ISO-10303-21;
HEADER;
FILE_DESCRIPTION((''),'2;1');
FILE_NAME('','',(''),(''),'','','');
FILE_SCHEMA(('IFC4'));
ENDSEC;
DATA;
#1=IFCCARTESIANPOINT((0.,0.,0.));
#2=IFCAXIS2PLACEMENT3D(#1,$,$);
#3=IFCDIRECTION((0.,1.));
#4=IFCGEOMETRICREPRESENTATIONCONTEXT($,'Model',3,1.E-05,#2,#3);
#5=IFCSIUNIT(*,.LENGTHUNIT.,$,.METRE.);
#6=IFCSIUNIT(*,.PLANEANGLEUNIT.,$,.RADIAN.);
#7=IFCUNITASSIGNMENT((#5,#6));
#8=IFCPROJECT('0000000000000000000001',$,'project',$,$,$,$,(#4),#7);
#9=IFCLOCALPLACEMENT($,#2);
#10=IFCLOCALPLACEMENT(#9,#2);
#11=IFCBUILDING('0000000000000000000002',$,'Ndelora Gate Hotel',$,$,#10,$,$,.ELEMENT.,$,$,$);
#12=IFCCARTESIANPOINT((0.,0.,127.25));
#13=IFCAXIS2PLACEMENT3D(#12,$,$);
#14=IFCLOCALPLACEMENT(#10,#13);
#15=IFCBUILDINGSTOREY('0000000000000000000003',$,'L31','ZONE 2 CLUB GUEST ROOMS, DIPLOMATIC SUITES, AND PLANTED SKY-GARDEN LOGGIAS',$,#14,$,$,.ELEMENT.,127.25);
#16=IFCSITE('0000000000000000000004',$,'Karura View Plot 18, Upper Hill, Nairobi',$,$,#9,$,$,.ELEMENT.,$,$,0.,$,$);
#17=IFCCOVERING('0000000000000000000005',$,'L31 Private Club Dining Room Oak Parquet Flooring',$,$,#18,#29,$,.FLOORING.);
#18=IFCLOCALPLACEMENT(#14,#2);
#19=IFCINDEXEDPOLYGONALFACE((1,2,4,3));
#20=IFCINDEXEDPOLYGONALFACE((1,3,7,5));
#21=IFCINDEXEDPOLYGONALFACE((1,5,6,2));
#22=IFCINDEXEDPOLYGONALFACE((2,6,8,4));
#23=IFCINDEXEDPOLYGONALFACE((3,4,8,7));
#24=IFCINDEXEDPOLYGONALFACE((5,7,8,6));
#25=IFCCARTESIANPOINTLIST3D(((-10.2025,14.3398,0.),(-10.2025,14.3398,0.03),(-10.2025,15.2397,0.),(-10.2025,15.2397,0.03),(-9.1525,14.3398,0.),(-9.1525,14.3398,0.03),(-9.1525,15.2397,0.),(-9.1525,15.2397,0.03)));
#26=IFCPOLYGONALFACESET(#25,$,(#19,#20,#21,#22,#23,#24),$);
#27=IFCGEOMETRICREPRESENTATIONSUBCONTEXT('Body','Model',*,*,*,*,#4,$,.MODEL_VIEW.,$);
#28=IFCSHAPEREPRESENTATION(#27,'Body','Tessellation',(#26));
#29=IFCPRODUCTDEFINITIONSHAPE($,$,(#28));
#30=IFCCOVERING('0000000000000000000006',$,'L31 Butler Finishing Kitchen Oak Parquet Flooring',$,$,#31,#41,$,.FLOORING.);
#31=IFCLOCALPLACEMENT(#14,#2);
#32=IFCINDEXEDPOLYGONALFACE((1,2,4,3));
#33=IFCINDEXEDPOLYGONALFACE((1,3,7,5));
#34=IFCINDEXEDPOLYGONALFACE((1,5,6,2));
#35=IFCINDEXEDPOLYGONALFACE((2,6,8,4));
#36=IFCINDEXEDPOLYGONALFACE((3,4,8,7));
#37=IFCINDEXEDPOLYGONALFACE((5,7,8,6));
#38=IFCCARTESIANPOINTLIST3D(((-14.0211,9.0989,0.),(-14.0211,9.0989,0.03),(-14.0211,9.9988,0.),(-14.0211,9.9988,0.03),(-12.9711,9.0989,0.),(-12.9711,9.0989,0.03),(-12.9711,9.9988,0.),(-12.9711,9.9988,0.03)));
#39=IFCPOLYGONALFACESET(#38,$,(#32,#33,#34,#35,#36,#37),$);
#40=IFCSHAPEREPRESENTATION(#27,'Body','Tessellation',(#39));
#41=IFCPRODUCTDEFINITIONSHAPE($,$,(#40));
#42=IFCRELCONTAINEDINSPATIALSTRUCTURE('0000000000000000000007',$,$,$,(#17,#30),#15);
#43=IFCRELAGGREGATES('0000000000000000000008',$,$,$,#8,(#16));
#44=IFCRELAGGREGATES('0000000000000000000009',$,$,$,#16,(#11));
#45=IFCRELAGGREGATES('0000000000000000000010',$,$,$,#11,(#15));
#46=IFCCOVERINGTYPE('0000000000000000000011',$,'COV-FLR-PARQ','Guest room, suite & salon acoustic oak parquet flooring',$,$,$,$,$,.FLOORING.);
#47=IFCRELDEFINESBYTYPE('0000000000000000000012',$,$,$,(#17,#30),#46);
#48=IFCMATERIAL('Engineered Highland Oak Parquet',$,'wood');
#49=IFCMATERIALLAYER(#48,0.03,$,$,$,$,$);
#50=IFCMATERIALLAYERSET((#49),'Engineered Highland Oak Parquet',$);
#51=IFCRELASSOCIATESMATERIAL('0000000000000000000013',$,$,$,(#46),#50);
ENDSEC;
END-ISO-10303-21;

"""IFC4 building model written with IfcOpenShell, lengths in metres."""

from ifc_helpers import new_model, si_unit, direction, frame, origin, origin_2d, place, context, subcontext, project, spatial, rectangle, extrude, material, layer, layer_set, type_object, element, save


model = new_model("IFC4")

# Units and contexts
model_context = context("Model", 3, precision=1e-05, world=origin(), true_north=direction((0.0, 1.0)))
body_context = subcontext(model_context, "Body", "Model", "MODEL_VIEW")
ifc_project = project(units=[si_unit("LENGTHUNIT", "METRE"), si_unit("PLANEANGLEUNIT", "RADIAN")], contexts=[model_context])

# Site, building, storey
site_placement = place(None, origin())
site = spatial("IfcSite", under=ifc_project, at=site_placement, Name="Karura View Plot 18, Upper Hill, Nairobi", CompositionType="ELEMENT", RefElevation=0.0)
building_placement = place(site_placement, origin())
building = spatial("IfcBuilding", under=site, at=building_placement, Name="Ndelora Gate Hotel", CompositionType="ELEMENT")
storey_placement = place(building_placement, frame((0.0, 0.0, 127.25)))
storey = spatial("IfcBuildingStorey", under=building, at=storey_placement, Name="L31", Description="ZONE 2 CLUB GUEST ROOMS, DIPLOMATIC SUITES, AND PLANTED SKY-GARDEN LOGGIAS", CompositionType="ELEMENT", Elevation=127.25)

# Coverings
ifc_material_1 = material(Name="Engineered Highland Oak Parquet", Category="wood")
ifc_layer_1 = layer(ifc_material_1, 0.03)
ifc_layer_set_1 = layer_set([ifc_layer_1], Name="Engineered Highland Oak Parquet")
covering_type_1 = type_object("IfcCoveringType", Name="COV-FLR-PARQ", Description="Guest room, suite & salon acoustic oak parquet flooring", PredefinedType="FLOORING", material=ifc_layer_set_1)
for number, where, z_axis, x_axis, name in (
    (1, (-9.6775, 14.7898, 0.0), (0.0, 0.0, 1.0), (1.0, 0.0, 0.0), "L31 Private Club Dining Room Oak Parquet Flooring"),
    (2, (-13.4961, 9.5488, 0.0), (0.0, 0.0, 1.0), (1.0, 0.0, 0.0), "L31 Butler Finishing Kitchen Oak Parquet Flooring"),
):
    element("IfcCovering", number, at=place(storey_placement, frame(where, z_axis=z_axis, x_axis=x_axis)), inside=storey, type_object=covering_type_1, Name=name, PredefinedType="FLOORING", context=body_context, shape_type="SweptSolid", body=[
        extrude(rectangle(XDim=1.05, YDim=0.8999, at=origin_2d()), origin(), (0.0, 0.0, 1.0), 0.03),
    ])

save(model, "model.ifc")
